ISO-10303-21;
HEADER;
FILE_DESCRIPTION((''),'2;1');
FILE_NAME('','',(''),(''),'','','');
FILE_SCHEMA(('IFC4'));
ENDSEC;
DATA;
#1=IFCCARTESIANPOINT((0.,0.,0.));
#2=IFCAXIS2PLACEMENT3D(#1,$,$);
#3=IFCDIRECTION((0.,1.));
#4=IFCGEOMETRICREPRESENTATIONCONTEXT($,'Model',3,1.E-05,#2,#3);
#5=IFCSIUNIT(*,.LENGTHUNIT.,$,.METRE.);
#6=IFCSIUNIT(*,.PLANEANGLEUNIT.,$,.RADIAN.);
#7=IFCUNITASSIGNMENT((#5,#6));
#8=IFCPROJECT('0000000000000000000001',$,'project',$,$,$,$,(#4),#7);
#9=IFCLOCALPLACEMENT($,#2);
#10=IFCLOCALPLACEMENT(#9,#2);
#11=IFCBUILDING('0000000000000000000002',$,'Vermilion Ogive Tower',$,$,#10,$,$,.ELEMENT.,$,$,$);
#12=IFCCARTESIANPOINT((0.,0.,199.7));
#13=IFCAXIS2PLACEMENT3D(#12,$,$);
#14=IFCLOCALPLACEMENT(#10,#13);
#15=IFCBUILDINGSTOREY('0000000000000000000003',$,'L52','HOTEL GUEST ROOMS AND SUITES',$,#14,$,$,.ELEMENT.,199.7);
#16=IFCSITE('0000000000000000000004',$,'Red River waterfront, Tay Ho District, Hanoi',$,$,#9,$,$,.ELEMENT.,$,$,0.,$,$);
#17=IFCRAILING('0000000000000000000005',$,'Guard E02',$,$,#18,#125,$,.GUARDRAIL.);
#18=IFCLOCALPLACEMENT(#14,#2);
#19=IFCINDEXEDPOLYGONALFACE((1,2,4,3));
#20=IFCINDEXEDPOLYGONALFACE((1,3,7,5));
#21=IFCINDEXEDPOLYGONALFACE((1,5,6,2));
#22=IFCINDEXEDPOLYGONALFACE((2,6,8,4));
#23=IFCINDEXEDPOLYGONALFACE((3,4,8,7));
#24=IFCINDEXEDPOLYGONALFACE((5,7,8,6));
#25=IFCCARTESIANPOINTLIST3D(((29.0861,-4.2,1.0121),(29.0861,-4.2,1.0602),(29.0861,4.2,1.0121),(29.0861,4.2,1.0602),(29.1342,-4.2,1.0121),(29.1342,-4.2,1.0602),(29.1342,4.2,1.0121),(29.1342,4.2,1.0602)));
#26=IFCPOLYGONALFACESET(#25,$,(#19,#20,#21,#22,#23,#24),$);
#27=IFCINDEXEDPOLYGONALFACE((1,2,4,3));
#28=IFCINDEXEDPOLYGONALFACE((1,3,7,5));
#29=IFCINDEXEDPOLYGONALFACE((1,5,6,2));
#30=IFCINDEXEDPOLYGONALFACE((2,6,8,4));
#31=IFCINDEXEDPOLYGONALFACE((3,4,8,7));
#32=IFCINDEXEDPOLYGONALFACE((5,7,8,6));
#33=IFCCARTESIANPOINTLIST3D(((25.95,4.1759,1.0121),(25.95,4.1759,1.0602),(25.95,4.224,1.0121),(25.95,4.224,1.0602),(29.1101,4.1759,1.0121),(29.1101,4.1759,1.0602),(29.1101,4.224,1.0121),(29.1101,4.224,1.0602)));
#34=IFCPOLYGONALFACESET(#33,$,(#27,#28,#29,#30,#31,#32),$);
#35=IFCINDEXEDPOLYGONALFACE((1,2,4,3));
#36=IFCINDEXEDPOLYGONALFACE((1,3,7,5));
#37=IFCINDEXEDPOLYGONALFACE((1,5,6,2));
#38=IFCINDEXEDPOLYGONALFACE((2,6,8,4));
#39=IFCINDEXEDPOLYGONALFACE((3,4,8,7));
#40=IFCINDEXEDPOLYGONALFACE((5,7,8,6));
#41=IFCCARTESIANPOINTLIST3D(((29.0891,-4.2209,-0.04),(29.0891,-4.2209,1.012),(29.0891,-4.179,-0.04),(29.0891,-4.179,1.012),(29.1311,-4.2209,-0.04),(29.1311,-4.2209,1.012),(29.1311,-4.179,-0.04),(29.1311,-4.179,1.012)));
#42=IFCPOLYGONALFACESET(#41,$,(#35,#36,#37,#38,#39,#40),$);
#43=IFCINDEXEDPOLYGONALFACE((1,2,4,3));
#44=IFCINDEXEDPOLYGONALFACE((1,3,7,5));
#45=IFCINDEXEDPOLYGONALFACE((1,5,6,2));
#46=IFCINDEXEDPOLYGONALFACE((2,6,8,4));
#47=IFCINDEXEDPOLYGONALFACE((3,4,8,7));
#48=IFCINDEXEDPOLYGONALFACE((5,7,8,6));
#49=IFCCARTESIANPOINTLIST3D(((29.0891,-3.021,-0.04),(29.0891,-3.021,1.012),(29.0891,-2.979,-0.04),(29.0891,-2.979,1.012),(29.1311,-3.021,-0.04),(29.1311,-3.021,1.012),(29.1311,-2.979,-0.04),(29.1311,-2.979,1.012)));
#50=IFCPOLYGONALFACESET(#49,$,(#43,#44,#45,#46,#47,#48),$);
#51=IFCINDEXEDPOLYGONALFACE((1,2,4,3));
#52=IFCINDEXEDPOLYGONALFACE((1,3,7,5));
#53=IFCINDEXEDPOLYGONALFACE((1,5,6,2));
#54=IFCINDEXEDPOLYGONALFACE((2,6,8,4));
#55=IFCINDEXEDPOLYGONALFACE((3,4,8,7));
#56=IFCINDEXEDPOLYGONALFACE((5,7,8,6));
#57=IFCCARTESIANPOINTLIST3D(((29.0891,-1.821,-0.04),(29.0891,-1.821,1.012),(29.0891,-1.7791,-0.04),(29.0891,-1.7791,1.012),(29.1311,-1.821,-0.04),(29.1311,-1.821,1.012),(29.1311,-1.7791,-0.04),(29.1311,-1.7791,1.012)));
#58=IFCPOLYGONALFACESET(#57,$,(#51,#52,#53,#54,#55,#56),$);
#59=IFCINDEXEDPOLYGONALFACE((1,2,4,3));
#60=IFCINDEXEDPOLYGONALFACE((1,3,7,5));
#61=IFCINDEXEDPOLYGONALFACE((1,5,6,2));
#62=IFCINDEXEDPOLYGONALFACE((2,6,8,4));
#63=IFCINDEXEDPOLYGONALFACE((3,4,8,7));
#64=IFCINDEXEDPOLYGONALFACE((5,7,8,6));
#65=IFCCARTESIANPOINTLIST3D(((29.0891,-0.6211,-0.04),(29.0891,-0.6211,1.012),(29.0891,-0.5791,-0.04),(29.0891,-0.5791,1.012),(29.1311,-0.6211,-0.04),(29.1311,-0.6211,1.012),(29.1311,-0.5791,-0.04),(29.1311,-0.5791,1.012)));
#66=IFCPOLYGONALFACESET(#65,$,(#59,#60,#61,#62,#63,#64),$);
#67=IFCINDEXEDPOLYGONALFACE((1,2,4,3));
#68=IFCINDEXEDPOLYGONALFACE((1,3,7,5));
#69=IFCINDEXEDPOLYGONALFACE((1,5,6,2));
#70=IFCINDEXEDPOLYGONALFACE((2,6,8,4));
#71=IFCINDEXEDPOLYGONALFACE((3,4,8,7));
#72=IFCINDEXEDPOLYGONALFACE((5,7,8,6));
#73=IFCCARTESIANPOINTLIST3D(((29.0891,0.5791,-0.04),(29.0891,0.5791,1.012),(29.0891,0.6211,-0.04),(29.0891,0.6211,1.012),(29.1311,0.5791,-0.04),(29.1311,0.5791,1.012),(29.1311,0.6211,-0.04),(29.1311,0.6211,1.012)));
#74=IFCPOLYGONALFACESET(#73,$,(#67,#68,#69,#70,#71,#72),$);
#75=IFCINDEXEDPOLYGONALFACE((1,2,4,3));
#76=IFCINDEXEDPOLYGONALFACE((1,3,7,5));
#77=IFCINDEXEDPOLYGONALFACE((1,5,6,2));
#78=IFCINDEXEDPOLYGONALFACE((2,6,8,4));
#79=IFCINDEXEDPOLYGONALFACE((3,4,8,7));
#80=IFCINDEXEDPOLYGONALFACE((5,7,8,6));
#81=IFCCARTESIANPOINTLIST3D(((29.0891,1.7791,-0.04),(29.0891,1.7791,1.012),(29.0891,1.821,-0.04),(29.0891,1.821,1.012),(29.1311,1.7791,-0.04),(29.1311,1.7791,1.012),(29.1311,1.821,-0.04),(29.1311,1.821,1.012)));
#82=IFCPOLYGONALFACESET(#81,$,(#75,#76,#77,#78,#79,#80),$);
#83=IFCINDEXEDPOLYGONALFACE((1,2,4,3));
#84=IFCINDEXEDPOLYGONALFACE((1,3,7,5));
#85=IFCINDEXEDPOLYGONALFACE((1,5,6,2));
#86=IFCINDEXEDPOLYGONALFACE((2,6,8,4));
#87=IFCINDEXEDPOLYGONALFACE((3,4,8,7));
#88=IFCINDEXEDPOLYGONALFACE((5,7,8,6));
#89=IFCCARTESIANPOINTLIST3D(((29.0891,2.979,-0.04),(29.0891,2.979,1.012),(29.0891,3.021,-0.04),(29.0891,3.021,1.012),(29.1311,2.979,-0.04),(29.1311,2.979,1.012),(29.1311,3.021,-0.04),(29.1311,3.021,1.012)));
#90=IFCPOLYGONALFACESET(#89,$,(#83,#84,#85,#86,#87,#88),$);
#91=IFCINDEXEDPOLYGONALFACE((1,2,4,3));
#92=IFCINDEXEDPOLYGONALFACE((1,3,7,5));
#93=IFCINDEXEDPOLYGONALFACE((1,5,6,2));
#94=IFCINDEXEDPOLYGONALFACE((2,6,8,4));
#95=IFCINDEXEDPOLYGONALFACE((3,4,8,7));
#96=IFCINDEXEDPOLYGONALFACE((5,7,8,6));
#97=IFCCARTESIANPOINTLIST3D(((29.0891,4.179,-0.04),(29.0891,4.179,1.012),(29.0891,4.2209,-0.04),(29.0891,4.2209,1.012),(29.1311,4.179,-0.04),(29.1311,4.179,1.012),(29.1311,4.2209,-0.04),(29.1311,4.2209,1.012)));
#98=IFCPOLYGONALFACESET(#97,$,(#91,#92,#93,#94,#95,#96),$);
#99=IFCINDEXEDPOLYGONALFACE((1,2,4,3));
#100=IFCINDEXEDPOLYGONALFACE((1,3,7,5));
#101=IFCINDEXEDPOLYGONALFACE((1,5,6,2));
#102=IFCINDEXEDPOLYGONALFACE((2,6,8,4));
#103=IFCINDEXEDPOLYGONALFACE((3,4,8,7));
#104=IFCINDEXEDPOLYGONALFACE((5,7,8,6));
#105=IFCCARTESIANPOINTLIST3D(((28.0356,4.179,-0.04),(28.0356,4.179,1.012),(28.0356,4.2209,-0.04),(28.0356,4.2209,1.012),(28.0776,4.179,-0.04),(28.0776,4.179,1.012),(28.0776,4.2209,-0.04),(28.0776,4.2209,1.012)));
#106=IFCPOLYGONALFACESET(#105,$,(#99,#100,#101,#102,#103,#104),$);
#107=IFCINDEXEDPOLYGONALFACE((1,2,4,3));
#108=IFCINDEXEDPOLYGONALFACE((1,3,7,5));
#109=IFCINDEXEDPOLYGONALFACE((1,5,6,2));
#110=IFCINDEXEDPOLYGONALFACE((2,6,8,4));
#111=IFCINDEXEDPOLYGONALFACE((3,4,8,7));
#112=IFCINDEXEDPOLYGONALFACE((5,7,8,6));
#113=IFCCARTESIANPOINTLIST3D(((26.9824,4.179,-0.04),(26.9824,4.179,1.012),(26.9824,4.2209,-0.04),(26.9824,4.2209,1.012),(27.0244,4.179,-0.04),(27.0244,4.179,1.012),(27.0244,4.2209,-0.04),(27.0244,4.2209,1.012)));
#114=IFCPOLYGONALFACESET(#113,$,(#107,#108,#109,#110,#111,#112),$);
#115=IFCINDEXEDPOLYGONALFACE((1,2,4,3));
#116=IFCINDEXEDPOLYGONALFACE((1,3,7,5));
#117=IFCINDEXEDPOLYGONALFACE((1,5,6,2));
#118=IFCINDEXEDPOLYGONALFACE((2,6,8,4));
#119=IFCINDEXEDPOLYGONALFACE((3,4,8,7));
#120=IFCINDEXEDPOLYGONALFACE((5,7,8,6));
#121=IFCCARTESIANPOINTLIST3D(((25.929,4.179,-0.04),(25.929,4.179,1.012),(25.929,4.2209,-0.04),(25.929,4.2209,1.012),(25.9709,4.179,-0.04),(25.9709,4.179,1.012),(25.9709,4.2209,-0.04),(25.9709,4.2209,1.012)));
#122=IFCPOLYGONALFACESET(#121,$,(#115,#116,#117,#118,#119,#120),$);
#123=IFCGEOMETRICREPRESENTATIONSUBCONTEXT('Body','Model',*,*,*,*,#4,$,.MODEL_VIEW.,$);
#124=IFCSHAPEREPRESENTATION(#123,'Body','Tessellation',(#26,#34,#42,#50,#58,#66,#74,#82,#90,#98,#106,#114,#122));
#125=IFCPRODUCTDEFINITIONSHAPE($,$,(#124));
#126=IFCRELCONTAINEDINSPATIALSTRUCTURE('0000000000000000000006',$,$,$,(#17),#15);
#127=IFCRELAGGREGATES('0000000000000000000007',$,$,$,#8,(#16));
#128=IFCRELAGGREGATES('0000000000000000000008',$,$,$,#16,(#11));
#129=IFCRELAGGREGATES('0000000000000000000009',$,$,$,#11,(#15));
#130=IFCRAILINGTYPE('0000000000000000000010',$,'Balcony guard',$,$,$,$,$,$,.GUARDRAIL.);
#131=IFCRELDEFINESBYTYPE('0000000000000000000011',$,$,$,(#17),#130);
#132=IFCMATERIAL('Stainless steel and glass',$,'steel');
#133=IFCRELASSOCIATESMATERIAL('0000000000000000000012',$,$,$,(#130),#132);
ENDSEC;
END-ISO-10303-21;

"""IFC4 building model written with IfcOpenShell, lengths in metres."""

from ifc_helpers import new_model, si_unit, direction, frame, origin, origin_2d, place, context, subcontext, project, spatial, rectangle, extrude, material, type_object, element, save


model = new_model("IFC4")

# Units and contexts
model_context = context("Model", 3, precision=1e-05, world=origin(), true_north=direction((0.0, 1.0)))
body_context = subcontext(model_context, "Body", "Model", "MODEL_VIEW")
ifc_project = project(units=[si_unit("LENGTHUNIT", "METRE"), si_unit("PLANEANGLEUNIT", "RADIAN")], contexts=[model_context])

# Site, building, storey
site_placement = place(None, origin())
site = spatial("IfcSite", under=ifc_project, at=site_placement, Name="Red River waterfront, Tay Ho District, Hanoi", CompositionType="ELEMENT", RefElevation=0.0)
building_placement = place(site_placement, origin())
building = spatial("IfcBuilding", under=site, at=building_placement, Name="Vermilion Ogive Tower", CompositionType="ELEMENT")
storey_placement = place(building_placement, frame((0.0, 0.0, 199.7)))
storey = spatial("IfcBuildingStorey", under=building, at=storey_placement, Name="L52", Description="HOTEL GUEST ROOMS AND SUITES", CompositionType="ELEMENT", Elevation=199.7)

# Railing
ifc_material_1 = material(Name="Stainless steel and glass", Category="steel")
railing_type = type_object("IfcRailingType", Name="Balcony guard", PredefinedType="GUARDRAIL", material=ifc_material_1)
railing_placement = place(storey_placement, frame((29.1101, -4.2, -0.04)))
element("IfcRailing", 1, at=railing_placement, inside=storey, type_object=railing_type, Name="Guard E02", PredefinedType="GUARDRAIL", context=body_context, shape_type="SweptSolid", body=[
    extrude(rectangle(XDim=0.0481, YDim=0.0481, at=origin_2d()), frame((0.0, 0.0, 1.0762), z_axis=(0.0, 1.0, 0.0), x_axis=(-1.0, 0.0, 0.0)), (0.0, 0.0, 1.0), 8.3999),
    extrude(rectangle(XDim=0.0481, YDim=0.0481, at=origin_2d()), frame((0.0, 8.3999, 1.0762), z_axis=(-1.0, 0.0, 0.0), x_axis=(0.0, -1.0, 0.0)), (0.0, 0.0, 1.0), 3.1602),
    extrude(rectangle(XDim=0.042, YDim=0.042, at=origin_2d()), origin(), (0.0, 0.0, 1.0), 1.052),
    extrude(rectangle(XDim=0.042, YDim=0.042, at=origin_2d()), frame((0.0, 1.2, 0.0)), (0.0, 0.0, 1.0), 1.052),
    extrude(rectangle(XDim=0.042, YDim=0.042, at=origin_2d()), frame((0.0, 2.3999, 0.0)), (0.0, 0.0, 1.0), 1.052),
    extrude(rectangle(XDim=0.042, YDim=0.042, at=origin_2d()), frame((0.0, 3.5999, 0.0)), (0.0, 0.0, 1.0), 1.052),
    extrude(rectangle(XDim=0.042, YDim=0.042, at=origin_2d()), frame((0.0, 4.8, 0.0)), (0.0, 0.0, 1.0), 1.052),
    extrude(rectangle(XDim=0.042, YDim=0.042, at=origin_2d()), frame((0.0, 6.0, 0.0)), (0.0, 0.0, 1.0), 1.052),
    extrude(rectangle(XDim=0.042, YDim=0.042, at=origin_2d()), frame((0.0, 7.2, 0.0)), (0.0, 0.0, 1.0), 1.052),
    extrude(rectangle(XDim=0.042, YDim=0.042, at=origin_2d()), frame((0.0, 8.3999, 0.0)), (0.0, 0.0, 1.0), 1.052),
    extrude(rectangle(XDim=0.042, YDim=0.042, at=origin_2d()), frame((-1.0535, 8.3999, 0.0)), (0.0, 0.0, 1.0), 1.052),
    extrude(rectangle(XDim=0.042, YDim=0.042, at=origin_2d()), frame((-2.1067, 8.3999, 0.0)), (0.0, 0.0, 1.0), 1.052),
    extrude(rectangle(XDim=0.042, YDim=0.042, at=origin_2d()), frame((-3.1602, 8.3999, 0.0)), (0.0, 0.0, 1.0), 1.052),
])

save(model, "model.ifc")
